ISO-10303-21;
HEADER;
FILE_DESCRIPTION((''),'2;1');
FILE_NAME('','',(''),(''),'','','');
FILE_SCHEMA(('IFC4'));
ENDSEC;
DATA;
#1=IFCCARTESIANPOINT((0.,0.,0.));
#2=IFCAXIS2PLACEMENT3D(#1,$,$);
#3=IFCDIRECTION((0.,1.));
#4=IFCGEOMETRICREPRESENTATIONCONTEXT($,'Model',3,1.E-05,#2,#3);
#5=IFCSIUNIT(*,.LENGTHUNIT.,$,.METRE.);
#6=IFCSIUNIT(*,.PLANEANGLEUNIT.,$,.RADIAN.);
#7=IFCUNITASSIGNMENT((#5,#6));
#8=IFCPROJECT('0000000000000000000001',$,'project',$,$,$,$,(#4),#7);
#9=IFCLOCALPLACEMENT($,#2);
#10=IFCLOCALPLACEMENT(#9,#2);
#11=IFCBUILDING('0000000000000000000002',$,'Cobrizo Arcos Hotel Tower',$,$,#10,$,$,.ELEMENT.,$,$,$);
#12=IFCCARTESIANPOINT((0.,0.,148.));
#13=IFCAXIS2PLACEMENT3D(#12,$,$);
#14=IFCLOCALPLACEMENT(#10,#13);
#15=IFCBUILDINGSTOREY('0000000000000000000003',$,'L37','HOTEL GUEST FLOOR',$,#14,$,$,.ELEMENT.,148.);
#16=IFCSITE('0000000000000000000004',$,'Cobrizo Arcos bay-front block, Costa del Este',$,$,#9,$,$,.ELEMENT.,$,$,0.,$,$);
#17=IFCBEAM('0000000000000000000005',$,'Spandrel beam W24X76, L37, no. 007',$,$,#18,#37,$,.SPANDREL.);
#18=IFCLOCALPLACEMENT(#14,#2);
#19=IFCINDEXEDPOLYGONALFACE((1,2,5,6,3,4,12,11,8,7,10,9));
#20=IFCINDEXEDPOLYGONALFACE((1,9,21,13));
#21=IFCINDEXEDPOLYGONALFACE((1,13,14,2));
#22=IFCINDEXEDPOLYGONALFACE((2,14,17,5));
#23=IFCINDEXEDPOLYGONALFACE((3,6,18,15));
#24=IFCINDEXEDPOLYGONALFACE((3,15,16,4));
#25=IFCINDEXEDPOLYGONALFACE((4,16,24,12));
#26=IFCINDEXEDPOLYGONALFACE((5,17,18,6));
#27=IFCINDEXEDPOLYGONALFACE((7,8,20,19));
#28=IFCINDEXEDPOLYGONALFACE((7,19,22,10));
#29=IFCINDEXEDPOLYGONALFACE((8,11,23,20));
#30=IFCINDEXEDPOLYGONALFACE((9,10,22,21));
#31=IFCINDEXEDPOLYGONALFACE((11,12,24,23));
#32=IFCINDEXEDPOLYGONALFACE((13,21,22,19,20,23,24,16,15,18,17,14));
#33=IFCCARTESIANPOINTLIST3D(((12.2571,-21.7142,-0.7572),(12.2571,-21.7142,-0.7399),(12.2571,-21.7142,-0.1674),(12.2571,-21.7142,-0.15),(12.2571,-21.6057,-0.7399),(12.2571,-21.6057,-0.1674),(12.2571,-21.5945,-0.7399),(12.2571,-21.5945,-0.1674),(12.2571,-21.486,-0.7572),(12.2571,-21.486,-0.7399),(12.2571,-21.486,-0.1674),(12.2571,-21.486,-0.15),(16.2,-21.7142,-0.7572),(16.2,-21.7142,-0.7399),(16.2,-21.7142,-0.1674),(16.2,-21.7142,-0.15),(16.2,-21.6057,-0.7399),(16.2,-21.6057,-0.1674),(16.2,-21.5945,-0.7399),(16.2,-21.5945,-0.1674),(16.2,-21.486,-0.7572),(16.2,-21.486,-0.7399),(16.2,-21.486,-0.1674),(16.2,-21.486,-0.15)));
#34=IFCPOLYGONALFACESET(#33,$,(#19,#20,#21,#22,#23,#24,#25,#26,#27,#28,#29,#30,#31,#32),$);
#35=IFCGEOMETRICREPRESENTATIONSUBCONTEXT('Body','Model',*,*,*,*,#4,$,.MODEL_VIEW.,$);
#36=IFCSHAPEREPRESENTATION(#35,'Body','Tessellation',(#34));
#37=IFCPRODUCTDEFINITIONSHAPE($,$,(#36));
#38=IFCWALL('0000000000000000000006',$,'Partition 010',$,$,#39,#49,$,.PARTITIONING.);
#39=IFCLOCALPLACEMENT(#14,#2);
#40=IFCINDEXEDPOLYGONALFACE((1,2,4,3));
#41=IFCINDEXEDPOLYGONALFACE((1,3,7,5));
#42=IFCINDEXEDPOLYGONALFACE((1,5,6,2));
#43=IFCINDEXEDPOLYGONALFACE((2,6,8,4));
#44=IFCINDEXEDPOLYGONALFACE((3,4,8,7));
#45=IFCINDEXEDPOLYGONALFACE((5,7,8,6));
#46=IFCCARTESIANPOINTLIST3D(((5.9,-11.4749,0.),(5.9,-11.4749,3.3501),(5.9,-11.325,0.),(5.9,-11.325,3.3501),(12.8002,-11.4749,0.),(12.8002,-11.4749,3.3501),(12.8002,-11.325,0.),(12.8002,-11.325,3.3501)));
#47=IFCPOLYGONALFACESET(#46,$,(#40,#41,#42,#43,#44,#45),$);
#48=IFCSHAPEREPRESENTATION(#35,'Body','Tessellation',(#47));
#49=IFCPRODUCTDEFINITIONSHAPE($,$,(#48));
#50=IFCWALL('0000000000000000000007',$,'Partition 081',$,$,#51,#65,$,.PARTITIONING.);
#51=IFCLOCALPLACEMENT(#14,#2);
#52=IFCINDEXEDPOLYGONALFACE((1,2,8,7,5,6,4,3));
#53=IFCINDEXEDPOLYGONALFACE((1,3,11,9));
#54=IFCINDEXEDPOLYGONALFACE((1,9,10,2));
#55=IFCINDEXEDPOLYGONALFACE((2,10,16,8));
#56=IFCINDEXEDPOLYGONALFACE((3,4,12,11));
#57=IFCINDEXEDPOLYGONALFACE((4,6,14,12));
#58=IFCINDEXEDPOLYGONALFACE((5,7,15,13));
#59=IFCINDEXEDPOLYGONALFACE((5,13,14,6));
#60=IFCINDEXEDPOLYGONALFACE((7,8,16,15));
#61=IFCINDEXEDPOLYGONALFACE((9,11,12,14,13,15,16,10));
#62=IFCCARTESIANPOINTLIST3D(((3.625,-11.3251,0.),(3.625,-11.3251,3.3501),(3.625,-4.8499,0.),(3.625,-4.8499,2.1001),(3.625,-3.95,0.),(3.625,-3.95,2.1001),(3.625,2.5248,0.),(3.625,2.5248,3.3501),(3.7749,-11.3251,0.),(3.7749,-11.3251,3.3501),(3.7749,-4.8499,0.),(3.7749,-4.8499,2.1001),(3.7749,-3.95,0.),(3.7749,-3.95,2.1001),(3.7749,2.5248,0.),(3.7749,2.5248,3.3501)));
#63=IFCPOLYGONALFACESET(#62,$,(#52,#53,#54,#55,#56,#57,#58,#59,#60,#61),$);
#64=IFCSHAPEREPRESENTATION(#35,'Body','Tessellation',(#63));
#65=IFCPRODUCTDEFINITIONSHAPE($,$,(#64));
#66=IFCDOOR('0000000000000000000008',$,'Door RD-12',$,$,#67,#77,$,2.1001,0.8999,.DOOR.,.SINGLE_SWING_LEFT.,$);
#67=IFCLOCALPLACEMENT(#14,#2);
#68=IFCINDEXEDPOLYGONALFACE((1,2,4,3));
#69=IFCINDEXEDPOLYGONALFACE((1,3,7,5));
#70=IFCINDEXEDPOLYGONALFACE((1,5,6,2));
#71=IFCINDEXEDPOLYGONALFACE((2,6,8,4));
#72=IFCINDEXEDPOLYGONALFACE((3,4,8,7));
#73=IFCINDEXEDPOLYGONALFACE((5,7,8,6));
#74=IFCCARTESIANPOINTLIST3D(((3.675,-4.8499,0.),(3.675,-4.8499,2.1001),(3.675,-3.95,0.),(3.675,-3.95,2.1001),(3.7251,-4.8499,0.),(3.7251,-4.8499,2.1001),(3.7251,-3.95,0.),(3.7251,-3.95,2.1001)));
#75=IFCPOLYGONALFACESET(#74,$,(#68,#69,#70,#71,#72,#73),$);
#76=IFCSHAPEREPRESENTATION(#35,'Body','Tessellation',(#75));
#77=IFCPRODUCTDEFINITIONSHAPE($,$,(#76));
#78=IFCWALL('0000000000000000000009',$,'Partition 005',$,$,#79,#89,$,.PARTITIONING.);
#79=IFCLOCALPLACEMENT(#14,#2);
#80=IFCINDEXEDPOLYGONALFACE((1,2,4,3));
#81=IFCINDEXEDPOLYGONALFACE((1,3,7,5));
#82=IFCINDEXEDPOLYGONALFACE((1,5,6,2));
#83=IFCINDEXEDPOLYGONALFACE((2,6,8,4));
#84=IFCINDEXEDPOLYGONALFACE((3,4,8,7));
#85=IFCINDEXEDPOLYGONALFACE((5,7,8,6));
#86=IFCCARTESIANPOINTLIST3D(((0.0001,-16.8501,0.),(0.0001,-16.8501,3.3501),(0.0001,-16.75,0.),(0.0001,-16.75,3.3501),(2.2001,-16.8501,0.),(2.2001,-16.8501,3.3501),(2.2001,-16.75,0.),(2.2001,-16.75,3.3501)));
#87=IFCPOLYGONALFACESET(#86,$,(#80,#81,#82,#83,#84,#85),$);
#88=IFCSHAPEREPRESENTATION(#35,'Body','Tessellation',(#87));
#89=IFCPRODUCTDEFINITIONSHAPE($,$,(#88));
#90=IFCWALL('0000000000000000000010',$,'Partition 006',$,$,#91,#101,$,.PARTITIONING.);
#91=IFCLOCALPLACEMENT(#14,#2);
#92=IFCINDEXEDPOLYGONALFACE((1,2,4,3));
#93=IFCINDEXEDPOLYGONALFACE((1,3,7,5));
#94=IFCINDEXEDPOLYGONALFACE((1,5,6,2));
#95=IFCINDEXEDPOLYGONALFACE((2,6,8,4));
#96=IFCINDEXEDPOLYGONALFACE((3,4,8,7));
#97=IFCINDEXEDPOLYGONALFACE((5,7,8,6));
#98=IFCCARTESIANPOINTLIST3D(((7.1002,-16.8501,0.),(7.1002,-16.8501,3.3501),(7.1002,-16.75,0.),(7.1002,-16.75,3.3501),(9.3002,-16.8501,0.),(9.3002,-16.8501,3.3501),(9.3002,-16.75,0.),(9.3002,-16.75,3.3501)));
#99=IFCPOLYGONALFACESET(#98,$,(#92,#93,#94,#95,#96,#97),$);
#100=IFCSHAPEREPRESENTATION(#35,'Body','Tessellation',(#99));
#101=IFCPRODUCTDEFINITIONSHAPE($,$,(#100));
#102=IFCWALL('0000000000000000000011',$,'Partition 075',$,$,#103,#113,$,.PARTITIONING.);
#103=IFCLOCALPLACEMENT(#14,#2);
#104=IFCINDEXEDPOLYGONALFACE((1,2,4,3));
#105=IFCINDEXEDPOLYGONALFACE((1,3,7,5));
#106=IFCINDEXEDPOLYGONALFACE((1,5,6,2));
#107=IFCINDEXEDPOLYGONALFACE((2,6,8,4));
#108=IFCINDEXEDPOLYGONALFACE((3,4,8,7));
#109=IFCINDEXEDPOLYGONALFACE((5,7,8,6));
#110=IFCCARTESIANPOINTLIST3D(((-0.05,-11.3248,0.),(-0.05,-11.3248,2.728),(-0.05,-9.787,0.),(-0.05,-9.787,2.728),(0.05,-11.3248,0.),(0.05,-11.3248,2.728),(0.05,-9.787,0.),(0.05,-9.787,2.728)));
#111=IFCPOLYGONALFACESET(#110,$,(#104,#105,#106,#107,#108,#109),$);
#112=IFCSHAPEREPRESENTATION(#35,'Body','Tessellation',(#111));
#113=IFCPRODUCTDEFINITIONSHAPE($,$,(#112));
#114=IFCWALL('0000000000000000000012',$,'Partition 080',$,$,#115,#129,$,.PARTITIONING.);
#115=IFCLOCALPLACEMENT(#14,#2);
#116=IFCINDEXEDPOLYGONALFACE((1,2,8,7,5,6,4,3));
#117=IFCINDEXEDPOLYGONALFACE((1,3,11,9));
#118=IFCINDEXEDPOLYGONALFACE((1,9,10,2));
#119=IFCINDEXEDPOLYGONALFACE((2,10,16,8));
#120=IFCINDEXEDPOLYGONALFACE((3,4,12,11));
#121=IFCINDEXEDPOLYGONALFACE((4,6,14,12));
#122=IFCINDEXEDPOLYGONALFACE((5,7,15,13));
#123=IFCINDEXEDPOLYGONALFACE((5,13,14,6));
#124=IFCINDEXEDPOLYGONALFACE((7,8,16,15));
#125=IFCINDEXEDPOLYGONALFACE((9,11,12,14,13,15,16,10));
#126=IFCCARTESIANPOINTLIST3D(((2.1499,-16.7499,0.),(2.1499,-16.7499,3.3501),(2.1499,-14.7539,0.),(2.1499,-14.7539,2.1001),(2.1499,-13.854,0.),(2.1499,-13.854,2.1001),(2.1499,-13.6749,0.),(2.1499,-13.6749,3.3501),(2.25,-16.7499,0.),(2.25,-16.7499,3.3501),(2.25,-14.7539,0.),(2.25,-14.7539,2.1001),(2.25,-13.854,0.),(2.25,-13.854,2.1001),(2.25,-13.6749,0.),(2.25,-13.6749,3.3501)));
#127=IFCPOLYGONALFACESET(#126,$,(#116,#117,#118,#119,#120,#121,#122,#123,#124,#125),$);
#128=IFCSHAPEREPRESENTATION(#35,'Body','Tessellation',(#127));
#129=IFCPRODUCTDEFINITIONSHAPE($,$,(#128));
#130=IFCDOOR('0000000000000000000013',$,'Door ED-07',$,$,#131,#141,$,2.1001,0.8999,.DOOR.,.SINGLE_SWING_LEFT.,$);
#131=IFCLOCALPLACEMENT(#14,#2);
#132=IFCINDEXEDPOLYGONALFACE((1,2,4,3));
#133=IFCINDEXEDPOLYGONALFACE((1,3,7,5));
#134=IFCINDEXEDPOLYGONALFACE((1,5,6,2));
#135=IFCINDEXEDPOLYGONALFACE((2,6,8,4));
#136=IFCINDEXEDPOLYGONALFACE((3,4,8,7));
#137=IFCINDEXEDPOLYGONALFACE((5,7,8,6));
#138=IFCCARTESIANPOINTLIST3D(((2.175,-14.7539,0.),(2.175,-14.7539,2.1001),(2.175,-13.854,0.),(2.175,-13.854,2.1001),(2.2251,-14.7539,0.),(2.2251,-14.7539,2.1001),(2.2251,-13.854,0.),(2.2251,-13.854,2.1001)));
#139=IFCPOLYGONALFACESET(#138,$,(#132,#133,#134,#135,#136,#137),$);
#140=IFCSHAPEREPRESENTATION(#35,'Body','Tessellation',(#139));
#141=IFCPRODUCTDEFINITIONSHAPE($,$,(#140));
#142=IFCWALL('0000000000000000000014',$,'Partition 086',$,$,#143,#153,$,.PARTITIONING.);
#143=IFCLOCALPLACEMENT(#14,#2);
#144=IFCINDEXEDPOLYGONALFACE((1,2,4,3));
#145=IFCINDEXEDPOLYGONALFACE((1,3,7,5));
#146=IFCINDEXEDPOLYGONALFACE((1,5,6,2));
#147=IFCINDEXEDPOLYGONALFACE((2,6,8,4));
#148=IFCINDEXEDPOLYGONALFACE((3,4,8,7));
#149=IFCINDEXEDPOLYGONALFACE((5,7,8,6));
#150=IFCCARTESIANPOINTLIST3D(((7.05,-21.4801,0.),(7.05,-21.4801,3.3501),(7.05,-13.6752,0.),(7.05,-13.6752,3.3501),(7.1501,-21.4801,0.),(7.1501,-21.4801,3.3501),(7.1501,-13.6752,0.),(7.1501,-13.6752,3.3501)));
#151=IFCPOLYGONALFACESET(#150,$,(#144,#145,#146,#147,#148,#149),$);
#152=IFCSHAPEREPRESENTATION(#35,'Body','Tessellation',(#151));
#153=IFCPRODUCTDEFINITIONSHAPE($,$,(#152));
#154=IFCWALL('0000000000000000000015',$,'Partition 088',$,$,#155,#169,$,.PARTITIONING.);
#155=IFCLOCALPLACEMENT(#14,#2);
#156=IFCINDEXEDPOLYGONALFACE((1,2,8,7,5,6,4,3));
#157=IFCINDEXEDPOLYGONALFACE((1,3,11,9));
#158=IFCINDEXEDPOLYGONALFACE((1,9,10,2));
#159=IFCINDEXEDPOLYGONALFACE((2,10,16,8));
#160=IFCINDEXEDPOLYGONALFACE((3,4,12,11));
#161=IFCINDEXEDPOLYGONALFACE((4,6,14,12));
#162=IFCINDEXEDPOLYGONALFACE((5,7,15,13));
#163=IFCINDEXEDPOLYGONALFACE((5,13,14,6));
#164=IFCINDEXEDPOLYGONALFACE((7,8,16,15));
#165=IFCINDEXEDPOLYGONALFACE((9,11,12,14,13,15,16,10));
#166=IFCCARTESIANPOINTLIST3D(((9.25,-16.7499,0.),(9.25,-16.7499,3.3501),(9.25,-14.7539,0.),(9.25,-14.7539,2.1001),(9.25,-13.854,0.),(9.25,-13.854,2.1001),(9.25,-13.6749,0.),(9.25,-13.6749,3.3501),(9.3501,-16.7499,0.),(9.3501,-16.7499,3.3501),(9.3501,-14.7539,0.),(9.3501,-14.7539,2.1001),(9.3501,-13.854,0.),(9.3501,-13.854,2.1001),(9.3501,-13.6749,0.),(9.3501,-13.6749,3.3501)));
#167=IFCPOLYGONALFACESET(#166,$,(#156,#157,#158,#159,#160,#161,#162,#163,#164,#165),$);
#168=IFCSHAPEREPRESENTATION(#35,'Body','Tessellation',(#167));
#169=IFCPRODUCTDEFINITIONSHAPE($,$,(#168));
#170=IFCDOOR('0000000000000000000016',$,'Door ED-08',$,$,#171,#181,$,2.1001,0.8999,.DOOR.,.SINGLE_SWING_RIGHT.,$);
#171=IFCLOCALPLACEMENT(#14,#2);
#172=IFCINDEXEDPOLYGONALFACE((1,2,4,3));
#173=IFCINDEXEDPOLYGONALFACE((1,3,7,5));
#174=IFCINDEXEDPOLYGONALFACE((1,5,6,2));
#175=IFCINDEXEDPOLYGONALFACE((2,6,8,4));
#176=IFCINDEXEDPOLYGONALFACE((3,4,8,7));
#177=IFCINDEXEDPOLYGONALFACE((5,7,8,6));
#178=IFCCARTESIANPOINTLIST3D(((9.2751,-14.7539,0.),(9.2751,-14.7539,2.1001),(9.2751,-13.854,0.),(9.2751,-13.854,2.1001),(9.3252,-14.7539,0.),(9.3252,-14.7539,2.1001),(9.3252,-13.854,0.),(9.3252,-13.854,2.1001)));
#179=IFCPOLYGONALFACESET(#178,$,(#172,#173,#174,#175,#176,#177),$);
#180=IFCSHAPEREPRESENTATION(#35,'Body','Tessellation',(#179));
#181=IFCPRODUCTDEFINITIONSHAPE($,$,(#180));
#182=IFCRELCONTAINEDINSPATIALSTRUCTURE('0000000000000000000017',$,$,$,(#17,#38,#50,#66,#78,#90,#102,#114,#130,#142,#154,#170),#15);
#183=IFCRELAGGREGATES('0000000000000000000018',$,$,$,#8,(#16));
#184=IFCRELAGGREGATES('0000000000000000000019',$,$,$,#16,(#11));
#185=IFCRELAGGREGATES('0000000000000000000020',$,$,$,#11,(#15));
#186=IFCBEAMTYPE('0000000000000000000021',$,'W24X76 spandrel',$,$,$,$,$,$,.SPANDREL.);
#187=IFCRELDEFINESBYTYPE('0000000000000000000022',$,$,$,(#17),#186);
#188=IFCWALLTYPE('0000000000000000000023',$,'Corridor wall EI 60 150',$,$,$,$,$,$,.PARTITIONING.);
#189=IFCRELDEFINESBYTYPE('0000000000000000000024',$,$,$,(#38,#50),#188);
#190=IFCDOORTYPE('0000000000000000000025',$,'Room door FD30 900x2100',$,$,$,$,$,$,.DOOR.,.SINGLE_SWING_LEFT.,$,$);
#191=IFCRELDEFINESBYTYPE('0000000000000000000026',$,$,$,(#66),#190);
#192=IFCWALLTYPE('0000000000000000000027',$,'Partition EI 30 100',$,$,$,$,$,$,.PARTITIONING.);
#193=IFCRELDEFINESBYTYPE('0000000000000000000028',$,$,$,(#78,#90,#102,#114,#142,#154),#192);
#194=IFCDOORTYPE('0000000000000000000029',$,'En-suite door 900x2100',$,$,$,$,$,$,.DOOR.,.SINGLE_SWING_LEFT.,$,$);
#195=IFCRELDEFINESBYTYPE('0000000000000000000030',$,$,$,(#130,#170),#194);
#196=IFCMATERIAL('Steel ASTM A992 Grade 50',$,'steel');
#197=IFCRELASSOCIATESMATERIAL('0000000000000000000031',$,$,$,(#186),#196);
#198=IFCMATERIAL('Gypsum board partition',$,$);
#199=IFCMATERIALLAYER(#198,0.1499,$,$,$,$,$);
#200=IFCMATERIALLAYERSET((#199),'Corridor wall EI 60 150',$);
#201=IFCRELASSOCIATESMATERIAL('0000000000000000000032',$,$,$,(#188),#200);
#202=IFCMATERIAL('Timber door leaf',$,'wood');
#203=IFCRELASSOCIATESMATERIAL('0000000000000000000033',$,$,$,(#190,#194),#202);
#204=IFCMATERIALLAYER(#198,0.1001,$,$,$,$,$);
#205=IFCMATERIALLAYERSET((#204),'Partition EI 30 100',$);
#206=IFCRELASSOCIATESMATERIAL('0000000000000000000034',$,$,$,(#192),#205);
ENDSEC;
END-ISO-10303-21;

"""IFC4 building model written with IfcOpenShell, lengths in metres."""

from ifc_helpers import new_model, si_unit, direction, frame, frame_2d, origin, origin_2d, place, context, subcontext, project, spatial, rectangle, i_section, extrude, material, layer, layer_set, material_profile, profile_set, type_object, element, fill, save


model = new_model("IFC4")

# Units and contexts
model_context = context("Model", 3, precision=1e-05, world=origin(), true_north=direction((0.0, 1.0)))
body_context = subcontext(model_context, "Body", "Model", "MODEL_VIEW")
ifc_project = project(units=[si_unit("LENGTHUNIT", "METRE"), si_unit("PLANEANGLEUNIT", "RADIAN")], contexts=[model_context])

# Site, building, storey
site_placement = place(None, origin())
site = spatial("IfcSite", under=ifc_project, at=site_placement, Name="Cobrizo Arcos bay-front block, Costa del Este", CompositionType="ELEMENT", RefElevation=0.0)
building_placement = place(site_placement, origin())
building = spatial("IfcBuilding", under=site, at=building_placement, Name="Cobrizo Arcos Hotel Tower", CompositionType="ELEMENT")
storey_placement = place(building_placement, frame((0.0, 0.0, 148.0)))
storey = spatial("IfcBuildingStorey", under=building, at=storey_placement, Name="L37", Description="HOTEL GUEST FLOOR", CompositionType="ELEMENT", Elevation=148.0)

# Beam
ifc_material_1 = material(Name="Steel ASTM A992 Grade 50", Category="steel")
ifc_material_profile_1 = material_profile(ifc_material_1, i_section(OverallWidth=0.2283, OverallDepth=0.6072, WebThickness=0.0112, FlangeThickness=0.0173, at=origin_2d()), Name="W24X76")
ifc_profile_set_1 = profile_set([ifc_material_profile_1], Name="Steel ASTM A992 Grade 50")
beam_type_1 = type_object("IfcBeamType", Name="W24X76 spandrel", PredefinedType="SPANDREL", material=ifc_profile_set_1)
beam_1_placement = place(storey_placement, frame((12.2571, -21.6001, -0.4536), z_axis=(1.0, 0.0, 0.0), x_axis=(0.0, 1.0, 0.0)))
element("IfcBeam", 1, at=beam_1_placement, inside=storey, type_object=beam_type_1, Name="Spandrel beam W24X76, L37, no. 007", PredefinedType="SPANDREL", context=body_context, shape_type="SweptSolid", body=[
    extrude(i_section(OverallWidth=0.2283, OverallDepth=0.6072, WebThickness=0.0112, FlangeThickness=0.0173, at=origin_2d()), origin(), (0.0, 0.0, 1.0), 3.9429),
])

# Wall
ifc_material_2 = material(Name="Gypsum board partition")
ifc_layer_1 = layer(ifc_material_2, 0.1499)
ifc_layer_set_1 = layer_set([ifc_layer_1], Name="Corridor wall EI 60 150")
wall_type_1 = type_object("IfcWallType", Name="Corridor wall EI 60 150", PredefinedType="PARTITIONING", material=ifc_layer_set_1)
wall_1_placement = place(storey_placement, frame((5.8999, -11.3999, 0.0), z_axis=(0.0, 0.0, 1.0), x_axis=(1.0, 0.0, 0.0)))
element("IfcWall", 2, at=wall_1_placement, inside=storey, type_object=wall_type_1, Name="Partition 010", PredefinedType="PARTITIONING", context=body_context, shape_type="SweptSolid", body=[
    extrude(rectangle(XDim=6.9001, YDim=0.1499, at=frame_2d((3.4502, 0.0))), origin(), (0.0, 0.0, 1.0), 3.3501),
])

# Wall, opening, door
wall_2_placement = place(storey_placement, frame((3.7, -11.325, 0.0), z_axis=(0.0, 0.0, 1.0), x_axis=(0.0, 1.0, 0.0)))
wall_2 = element("IfcWall", 3, at=wall_2_placement, inside=storey, type_object=wall_type_1, Name="Partition 081", PredefinedType="PARTITIONING", context=body_context, shape_type="SweptSolid", body=[
    extrude(rectangle(XDim=13.8499, YDim=0.1499, at=frame_2d((6.9248, 0.0))), origin(), (0.0, 0.0, 1.0), 3.3501),
])
opening_1_placement = place(wall_2_placement, frame((6.4751, 0.0, 0.0)))
opening_1 = element("IfcOpeningElement", 4, at=opening_1_placement, cuts=wall_2, PredefinedType="OPENING", context=body_context, shape_type="SweptSolid", body=[
    extrude(rectangle(XDim=0.8999, YDim=2.1001, at=frame_2d((0.45, 1.05))), frame((0.0, 0.0869, 0.0), z_axis=(0.0, -1.0, 0.0), x_axis=(1.0, 0.0, 0.0)), (0.0, 0.0, 1.0), 0.1738),
])
ifc_material_3 = material(Name="Timber door leaf", Category="wood")
door_type_1 = type_object("IfcDoorType", Name="Room door FD30 900x2100", OperationType="SINGLE_SWING_LEFT", PredefinedType="DOOR", material=ifc_material_3)
door_1_placement = place(opening_1_placement, origin())
door_1 = element("IfcDoor", 5, at=door_1_placement, inside=storey, type_object=door_type_1, Name="Door RD-12", OperationType="SINGLE_SWING_LEFT", OverallHeight=2.1001, OverallWidth=0.8999, PredefinedType="DOOR", context=body_context, shape_type="SweptSolid", body=[
    extrude(rectangle(XDim=0.8999, YDim=2.1001, at=frame_2d((0.45, 1.05))), frame((0.0, 0.0249, 0.0), z_axis=(0.0, -1.0, 0.0), x_axis=(1.0, 0.0, 0.0)), (0.0, 0.0, 1.0), 0.05),
])
fill(opening_1, door_1)

# Walls
ifc_layer_2 = layer(ifc_material_2, 0.1001)
ifc_layer_set_2 = layer_set([ifc_layer_2], Name="Partition EI 30 100")
wall_type_2 = type_object("IfcWallType", Name="Partition EI 30 100", PredefinedType="PARTITIONING", material=ifc_layer_set_2)
for number, where, z_axis, x_axis, name in (
    (6, (0.0, -16.8, 0.0), (0.0, 0.0, 1.0), (1.0, 0.0, 0.0), "Partition 005"),
    (7, (7.1001, -16.8, 0.0), (0.0, 0.0, 1.0), (1.0, 0.0, 0.0), "Partition 006"),
):
    element("IfcWall", number, at=place(storey_placement, frame(where, z_axis=z_axis, x_axis=x_axis)), inside=storey, type_object=wall_type_2, Name=name, PredefinedType="PARTITIONING", context=body_context, shape_type="SweptSolid", body=[
        extrude(rectangle(XDim=2.2, YDim=0.1001, at=frame_2d((1.1001, 0.0))), origin(), (0.0, 0.0, 1.0), 3.3501),
    ])
wall_3_placement = place(storey_placement, frame((0.0, -11.325, 0.0), z_axis=(0.0, 0.0, 1.0), x_axis=(0.0, 1.0, 0.0)))
element("IfcWall", 8, at=wall_3_placement, inside=storey, type_object=wall_type_2, Name="Partition 075", PredefinedType="PARTITIONING", context=body_context, shape_type="SweptSolid", body=[
    extrude(rectangle(XDim=1.5378, YDim=0.1001, at=frame_2d((0.769, 0.0))), origin(), (0.0, 0.0, 1.0), 2.728),
])

# Wall, opening, door
wall_4_placement = place(storey_placement, frame((2.2, -16.75, 0.0), z_axis=(0.0, 0.0, 1.0), x_axis=(0.0, 1.0, 0.0)))
wall_4 = element("IfcWall", 9, at=wall_4_placement, inside=storey, type_object=wall_type_2, Name="Partition 080", PredefinedType="PARTITIONING", context=body_context, shape_type="SweptSolid", body=[
    extrude(rectangle(XDim=3.075, YDim=0.1001, at=frame_2d((1.5376, 0.0))), origin(), (0.0, 0.0, 1.0), 3.3501),
])
opening_2_placement = place(wall_4_placement, frame((1.9961, 0.0, 0.0)))
opening_2 = element("IfcOpeningElement", 10, at=opening_2_placement, cuts=wall_4, PredefinedType="OPENING", context=body_context, shape_type="SweptSolid", body=[
    extrude(rectangle(XDim=0.8999, YDim=2.1001, at=frame_2d((0.45, 1.05))), frame((0.0, 0.062, 0.0), z_axis=(0.0, -1.0, 0.0), x_axis=(1.0, 0.0, 0.0)), (0.0, 0.0, 1.0), 0.124),
])
door_type_2 = type_object("IfcDoorType", Name="En-suite door 900x2100", OperationType="SINGLE_SWING_LEFT", PredefinedType="DOOR", material=ifc_material_3)
door_2_placement = place(opening_2_placement, origin())
door_2 = element("IfcDoor", 11, at=door_2_placement, inside=storey, type_object=door_type_2, Name="Door ED-07", OperationType="SINGLE_SWING_LEFT", OverallHeight=2.1001, OverallWidth=0.8999, PredefinedType="DOOR", context=body_context, shape_type="SweptSolid", body=[
    extrude(rectangle(XDim=0.8999, YDim=2.1001, at=frame_2d((0.45, 1.05))), frame((0.0, 0.0249, 0.0), z_axis=(0.0, -1.0, 0.0), x_axis=(1.0, 0.0, 0.0)), (0.0, 0.0, 1.0), 0.05),
])
fill(opening_2, door_2)

# Wall
wall_5_placement = place(storey_placement, frame((7.1001, -21.48, 0.0), z_axis=(0.0, 0.0, 1.0), x_axis=(0.0, 1.0, 0.0)))
element("IfcWall", 12, at=wall_5_placement, inside=storey, type_object=wall_type_2, Name="Partition 086", PredefinedType="PARTITIONING", context=body_context, shape_type="SweptSolid", body=[
    extrude(rectangle(XDim=7.8049, YDim=0.1001, at=frame_2d((3.9023, 0.0))), origin(), (0.0, 0.0, 1.0), 3.3501),
])

# Wall, opening, door
wall_6_placement = place(storey_placement, frame((9.3, -16.75, 0.0), z_axis=(0.0, 0.0, 1.0), x_axis=(0.0, 1.0, 0.0)))
wall_6 = element("IfcWall", 13, at=wall_6_placement, inside=storey, type_object=wall_type_2, Name="Partition 088", PredefinedType="PARTITIONING", context=body_context, shape_type="SweptSolid", body=[
    extrude(rectangle(XDim=3.075, YDim=0.1001, at=frame_2d((1.5376, 0.0))), origin(), (0.0, 0.0, 1.0), 3.3501),
])
opening_3_placement = place(wall_6_placement, frame((1.9961, 0.0, 0.0)))
opening_3 = element("IfcOpeningElement", 14, at=opening_3_placement, cuts=wall_6, PredefinedType="OPENING", context=body_context, shape_type="SweptSolid", body=[
    extrude(rectangle(XDim=0.8999, YDim=2.1001, at=frame_2d((0.45, 1.05))), frame((0.0, 0.062, 0.0), z_axis=(0.0, -1.0, 0.0), x_axis=(1.0, 0.0, 0.0)), (0.0, 0.0, 1.0), 0.124),
])
door_3_placement = place(opening_3_placement, origin())
door_3 = element("IfcDoor", 15, at=door_3_placement, inside=storey, type_object=door_type_2, Name="Door ED-08", OperationType="SINGLE_SWING_RIGHT", OverallHeight=2.1001, OverallWidth=0.8999, PredefinedType="DOOR", context=body_context, shape_type="SweptSolid", body=[
    extrude(rectangle(XDim=0.8999, YDim=2.1001, at=frame_2d((0.45, 1.05))), frame((0.0, 0.0249, 0.0), z_axis=(0.0, -1.0, 0.0), x_axis=(1.0, 0.0, 0.0)), (0.0, 0.0, 1.0), 0.05),
])
fill(opening_3, door_3)

save(model, "model.ifc")
